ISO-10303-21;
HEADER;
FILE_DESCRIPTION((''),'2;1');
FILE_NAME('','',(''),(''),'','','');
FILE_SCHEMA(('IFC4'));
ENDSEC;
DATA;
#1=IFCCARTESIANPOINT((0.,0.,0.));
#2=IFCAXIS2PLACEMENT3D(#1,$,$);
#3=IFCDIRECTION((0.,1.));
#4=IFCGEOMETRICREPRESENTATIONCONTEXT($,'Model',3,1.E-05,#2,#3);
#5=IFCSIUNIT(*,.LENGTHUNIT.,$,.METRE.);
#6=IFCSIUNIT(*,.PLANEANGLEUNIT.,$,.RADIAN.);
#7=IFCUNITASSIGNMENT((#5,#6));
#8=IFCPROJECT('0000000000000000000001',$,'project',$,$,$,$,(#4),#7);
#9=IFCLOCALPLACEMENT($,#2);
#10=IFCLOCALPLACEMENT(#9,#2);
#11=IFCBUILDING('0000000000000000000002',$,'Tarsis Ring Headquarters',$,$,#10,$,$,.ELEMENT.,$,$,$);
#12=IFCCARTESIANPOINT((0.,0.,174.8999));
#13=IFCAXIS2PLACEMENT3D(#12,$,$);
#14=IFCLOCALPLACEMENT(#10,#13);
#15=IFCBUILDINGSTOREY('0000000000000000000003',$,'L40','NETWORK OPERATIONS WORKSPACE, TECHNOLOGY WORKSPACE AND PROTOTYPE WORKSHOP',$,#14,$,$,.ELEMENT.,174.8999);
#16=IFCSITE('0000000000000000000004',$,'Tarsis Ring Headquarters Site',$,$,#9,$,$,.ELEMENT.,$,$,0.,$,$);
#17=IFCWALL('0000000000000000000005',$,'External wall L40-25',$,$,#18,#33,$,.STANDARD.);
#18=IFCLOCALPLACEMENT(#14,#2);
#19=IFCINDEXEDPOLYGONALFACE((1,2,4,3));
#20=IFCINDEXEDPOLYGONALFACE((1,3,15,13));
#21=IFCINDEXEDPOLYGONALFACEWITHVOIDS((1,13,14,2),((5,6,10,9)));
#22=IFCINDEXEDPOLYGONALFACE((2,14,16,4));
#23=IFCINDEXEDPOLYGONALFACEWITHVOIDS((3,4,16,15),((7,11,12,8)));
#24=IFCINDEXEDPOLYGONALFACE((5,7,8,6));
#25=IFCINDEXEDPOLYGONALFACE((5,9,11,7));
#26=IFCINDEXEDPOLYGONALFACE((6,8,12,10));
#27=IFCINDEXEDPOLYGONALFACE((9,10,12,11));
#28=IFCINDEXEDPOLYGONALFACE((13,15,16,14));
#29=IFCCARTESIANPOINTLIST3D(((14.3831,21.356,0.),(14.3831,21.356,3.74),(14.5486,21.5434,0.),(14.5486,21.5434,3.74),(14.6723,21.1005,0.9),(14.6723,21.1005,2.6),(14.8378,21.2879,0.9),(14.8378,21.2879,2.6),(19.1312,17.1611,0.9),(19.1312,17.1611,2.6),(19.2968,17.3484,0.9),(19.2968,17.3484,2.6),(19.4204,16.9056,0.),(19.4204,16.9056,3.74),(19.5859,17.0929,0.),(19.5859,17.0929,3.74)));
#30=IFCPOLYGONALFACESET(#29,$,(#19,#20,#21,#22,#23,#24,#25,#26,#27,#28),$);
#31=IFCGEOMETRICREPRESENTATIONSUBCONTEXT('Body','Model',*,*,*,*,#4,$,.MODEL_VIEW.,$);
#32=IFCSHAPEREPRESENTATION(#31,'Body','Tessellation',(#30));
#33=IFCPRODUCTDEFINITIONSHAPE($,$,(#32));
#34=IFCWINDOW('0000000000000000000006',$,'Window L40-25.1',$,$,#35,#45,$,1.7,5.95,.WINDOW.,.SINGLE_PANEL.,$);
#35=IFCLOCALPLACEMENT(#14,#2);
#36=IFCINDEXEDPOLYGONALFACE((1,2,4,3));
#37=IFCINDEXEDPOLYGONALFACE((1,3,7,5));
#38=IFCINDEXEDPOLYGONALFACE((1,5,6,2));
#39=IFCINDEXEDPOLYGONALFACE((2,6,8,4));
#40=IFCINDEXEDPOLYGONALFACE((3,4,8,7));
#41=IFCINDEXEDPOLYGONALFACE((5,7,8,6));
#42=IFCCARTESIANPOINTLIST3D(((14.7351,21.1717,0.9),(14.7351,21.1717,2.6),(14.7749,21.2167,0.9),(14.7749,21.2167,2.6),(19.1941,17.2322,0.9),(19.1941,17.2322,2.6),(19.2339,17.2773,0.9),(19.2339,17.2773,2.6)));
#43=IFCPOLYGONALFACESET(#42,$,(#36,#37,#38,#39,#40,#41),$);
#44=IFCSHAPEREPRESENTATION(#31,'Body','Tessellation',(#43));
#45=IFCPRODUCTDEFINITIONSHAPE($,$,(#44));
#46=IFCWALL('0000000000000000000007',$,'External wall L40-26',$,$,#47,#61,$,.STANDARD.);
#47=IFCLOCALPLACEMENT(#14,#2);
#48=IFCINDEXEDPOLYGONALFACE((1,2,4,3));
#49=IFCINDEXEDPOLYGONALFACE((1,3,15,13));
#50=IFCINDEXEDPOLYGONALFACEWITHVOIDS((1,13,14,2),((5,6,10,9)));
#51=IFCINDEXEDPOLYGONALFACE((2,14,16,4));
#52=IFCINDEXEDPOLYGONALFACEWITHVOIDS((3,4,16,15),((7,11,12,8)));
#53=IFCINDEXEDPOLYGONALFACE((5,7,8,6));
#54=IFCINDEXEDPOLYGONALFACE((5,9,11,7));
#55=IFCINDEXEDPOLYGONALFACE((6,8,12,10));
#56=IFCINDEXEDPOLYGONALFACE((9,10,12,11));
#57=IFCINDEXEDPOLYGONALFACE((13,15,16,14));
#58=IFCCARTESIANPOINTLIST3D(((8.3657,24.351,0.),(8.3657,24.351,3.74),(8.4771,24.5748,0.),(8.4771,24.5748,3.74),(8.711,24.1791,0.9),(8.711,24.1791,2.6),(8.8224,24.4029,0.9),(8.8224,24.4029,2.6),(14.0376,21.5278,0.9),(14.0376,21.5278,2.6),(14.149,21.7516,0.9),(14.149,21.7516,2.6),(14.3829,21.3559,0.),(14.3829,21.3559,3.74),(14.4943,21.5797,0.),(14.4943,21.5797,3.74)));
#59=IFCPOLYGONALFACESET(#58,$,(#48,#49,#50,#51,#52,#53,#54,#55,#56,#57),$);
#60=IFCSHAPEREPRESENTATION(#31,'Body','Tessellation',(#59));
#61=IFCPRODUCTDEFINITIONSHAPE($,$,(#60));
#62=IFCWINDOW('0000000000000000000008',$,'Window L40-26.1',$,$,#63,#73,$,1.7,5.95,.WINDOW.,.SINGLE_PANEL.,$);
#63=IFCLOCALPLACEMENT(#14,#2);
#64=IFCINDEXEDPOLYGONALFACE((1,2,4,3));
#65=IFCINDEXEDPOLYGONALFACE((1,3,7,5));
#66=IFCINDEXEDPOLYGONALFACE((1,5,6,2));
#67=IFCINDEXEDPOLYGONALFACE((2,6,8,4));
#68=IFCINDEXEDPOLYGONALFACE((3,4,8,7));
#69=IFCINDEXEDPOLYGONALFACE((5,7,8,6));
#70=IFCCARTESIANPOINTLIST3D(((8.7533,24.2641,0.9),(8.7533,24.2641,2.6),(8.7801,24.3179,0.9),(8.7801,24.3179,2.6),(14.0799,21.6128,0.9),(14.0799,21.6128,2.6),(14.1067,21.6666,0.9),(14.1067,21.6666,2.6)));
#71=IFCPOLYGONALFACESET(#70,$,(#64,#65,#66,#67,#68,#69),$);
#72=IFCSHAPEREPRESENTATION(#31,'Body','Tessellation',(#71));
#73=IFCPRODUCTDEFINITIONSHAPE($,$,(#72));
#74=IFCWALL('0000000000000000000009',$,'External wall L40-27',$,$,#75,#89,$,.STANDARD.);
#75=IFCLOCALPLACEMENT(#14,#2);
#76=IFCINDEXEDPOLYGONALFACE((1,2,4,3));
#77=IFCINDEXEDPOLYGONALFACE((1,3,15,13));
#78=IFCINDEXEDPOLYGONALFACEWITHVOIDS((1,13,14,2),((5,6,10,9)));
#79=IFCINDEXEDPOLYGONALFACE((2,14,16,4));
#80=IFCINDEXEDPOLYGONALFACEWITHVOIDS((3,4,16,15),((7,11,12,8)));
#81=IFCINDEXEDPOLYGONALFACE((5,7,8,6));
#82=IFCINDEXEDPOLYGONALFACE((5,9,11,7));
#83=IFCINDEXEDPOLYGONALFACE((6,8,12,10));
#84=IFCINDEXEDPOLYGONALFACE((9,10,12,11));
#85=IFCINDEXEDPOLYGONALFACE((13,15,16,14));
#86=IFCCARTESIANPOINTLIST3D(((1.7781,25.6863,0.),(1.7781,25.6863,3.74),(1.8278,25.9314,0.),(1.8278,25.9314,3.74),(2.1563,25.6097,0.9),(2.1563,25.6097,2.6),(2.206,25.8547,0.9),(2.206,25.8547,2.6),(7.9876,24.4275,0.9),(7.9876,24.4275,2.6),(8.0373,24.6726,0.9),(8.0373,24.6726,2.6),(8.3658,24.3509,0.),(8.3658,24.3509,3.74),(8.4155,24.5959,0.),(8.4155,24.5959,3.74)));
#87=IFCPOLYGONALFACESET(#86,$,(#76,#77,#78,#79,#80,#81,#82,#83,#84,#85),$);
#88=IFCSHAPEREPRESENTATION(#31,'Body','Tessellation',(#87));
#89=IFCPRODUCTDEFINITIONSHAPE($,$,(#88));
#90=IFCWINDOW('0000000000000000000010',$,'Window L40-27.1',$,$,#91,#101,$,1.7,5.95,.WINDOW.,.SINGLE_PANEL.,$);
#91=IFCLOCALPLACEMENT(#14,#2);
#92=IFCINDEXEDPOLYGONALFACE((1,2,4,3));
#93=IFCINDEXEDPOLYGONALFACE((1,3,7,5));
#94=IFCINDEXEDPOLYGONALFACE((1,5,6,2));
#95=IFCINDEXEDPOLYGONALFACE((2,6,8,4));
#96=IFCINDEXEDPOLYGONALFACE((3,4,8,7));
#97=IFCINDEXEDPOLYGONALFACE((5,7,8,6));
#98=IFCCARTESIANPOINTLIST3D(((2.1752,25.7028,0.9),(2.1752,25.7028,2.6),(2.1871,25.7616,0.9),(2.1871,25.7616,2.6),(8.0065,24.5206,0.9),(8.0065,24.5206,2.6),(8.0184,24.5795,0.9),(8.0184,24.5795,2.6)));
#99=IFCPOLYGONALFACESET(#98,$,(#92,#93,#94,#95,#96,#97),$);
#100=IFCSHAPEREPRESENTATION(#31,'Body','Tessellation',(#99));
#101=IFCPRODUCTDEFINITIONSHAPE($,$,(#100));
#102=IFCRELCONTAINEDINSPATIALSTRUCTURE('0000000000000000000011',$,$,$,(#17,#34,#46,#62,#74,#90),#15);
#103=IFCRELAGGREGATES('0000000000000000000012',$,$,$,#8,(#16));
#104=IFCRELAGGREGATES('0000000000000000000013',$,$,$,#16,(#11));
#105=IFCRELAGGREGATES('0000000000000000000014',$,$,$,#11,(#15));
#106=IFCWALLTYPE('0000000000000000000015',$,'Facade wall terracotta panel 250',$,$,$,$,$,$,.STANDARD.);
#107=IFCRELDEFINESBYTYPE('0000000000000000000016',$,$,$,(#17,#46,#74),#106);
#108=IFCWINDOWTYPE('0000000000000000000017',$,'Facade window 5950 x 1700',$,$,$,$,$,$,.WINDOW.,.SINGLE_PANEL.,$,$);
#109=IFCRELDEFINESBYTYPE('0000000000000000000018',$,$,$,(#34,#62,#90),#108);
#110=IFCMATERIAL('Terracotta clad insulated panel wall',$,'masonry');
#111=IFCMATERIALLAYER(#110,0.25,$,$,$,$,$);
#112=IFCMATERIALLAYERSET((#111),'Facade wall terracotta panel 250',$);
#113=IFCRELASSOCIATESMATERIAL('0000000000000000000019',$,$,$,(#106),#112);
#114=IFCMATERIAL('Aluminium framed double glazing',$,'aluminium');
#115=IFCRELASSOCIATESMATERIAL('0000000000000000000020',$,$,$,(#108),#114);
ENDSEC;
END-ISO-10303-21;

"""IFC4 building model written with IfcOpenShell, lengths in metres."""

from ifc_helpers import new_model, si_unit, direction, frame, frame_2d, origin, place, context, subcontext, project, spatial, rectangle, extrude, material, layer, layer_set, type_object, element, fill, save


model = new_model("IFC4")

# Units and contexts
model_context = context("Model", 3, precision=1e-05, world=origin(), true_north=direction((0.0, 1.0)))
body_context = subcontext(model_context, "Body", "Model", "MODEL_VIEW")
ifc_project = project(units=[si_unit("LENGTHUNIT", "METRE"), si_unit("PLANEANGLEUNIT", "RADIAN")], contexts=[model_context])

# Site, building, storey
site_placement = place(None, origin())
site = spatial("IfcSite", under=ifc_project, at=site_placement, Name="Tarsis Ring Headquarters Site", CompositionType="ELEMENT", RefElevation=0.0)
building_placement = place(site_placement, origin())
building = spatial("IfcBuilding", under=site, at=building_placement, Name="Tarsis Ring Headquarters", CompositionType="ELEMENT")
storey_placement = place(building_placement, frame((0.0, 0.0, 174.8999)))
storey = spatial("IfcBuildingStorey", under=building, at=storey_placement, Name="L40", Description="NETWORK OPERATIONS WORKSPACE, TECHNOLOGY WORKSPACE AND PROTOTYPE WORKSHOP", CompositionType="ELEMENT", Elevation=174.8999)

# Walls, openings, windows
ifc_material_1 = material(Name="Terracotta clad insulated panel wall", Category="masonry")
ifc_layer = layer(ifc_material_1, 0.25)
ifc_layer_set = layer_set([ifc_layer], Name="Facade wall terracotta panel 250")
wall_type = type_object("IfcWallType", Name="Facade wall terracotta panel 250", PredefinedType="STANDARD", material=ifc_layer_set)
wall_1_placement = place(storey_placement, frame((19.5032, 16.9993, 0.0), z_axis=(0.0, 0.0, 1.0), x_axis=(-0.749416, 0.6621, 0.0)))
wall_1 = element("IfcWall", 1, at=wall_1_placement, inside=storey, type_object=wall_type, Name="External wall L40-25", PredefinedType="STANDARD", context=body_context, shape_type="SweptSolid", body=[
    extrude(rectangle(XDim=6.7217, YDim=0.25, at=frame_2d((3.3608, 0.0))), origin(), (0.0, 0.0, 1.0), 3.74),
])
opening_1_placement = place(wall_1_placement, frame((0.3857, 0.0, 0.8999)))
opening_1 = element("IfcOpeningElement", 2, at=opening_1_placement, cuts=wall_1, PredefinedType="OPENING", context=body_context, shape_type="SweptSolid", body=[
    extrude(rectangle(XDim=5.95, YDim=1.7, at=frame_2d((2.9751, 0.8501))), frame((0.0, 0.135, 0.0), z_axis=(0.0, -1.0, 0.0), x_axis=(1.0, 0.0, 0.0)), (0.0, 0.0, 1.0), 0.27),
])
ifc_material_2 = material(Name="Aluminium framed double glazing", Category="aluminium")
window_type = type_object("IfcWindowType", Name="Facade window 5950 x 1700", PartitioningType="SINGLE_PANEL", PredefinedType="WINDOW", material=ifc_material_2)
window_1_placement = place(opening_1_placement, origin())
window_1 = element("IfcWindow", 3, at=window_1_placement, inside=storey, type_object=window_type, Name="Window L40-25.1", OverallHeight=1.7, OverallWidth=5.95, PartitioningType="SINGLE_PANEL", PredefinedType="WINDOW", context=body_context, shape_type="SweptSolid", body=[
    extrude(rectangle(XDim=5.95, YDim=1.7, at=frame_2d((2.9751, 0.8501))), frame((0.0, 0.03, 0.0), z_axis=(0.0, -1.0, 0.0), x_axis=(1.0, 0.0, 0.0)), (0.0, 0.0, 1.0), 0.0601),
])
fill(opening_1, window_1)
wall_2_placement = place(storey_placement, frame((14.4387, 21.4678, 0.0), z_axis=(0.0, 0.0, 1.0), x_axis=(-0.895232, 0.4456, 0.0)))
wall_2 = element("IfcWall", 4, at=wall_2_placement, inside=storey, type_object=wall_type, Name="External wall L40-26", PredefinedType="STANDARD", context=body_context, shape_type="SweptSolid", body=[
    extrude(rectangle(XDim=6.7214, YDim=0.25, at=frame_2d((3.3608, 0.0))), origin(), (0.0, 0.0, 1.0), 3.74),
])
opening_2_placement = place(wall_2_placement, frame((0.3857, 0.0, 0.8999)))
opening_2 = element("IfcOpeningElement", 5, at=opening_2_placement, cuts=wall_2, PredefinedType="OPENING", context=body_context, shape_type="SweptSolid", body=[
    extrude(rectangle(XDim=5.95, YDim=1.7, at=frame_2d((2.9751, 0.8501))), frame((0.0, 0.135, 0.0), z_axis=(0.0, -1.0, 0.0), x_axis=(1.0, 0.0, 0.0)), (0.0, 0.0, 1.0), 0.27),
])
window_2_placement = place(opening_2_placement, origin())
window_2 = element("IfcWindow", 6, at=window_2_placement, inside=storey, type_object=window_type, Name="Window L40-26.1", OverallHeight=1.7, OverallWidth=5.95, PartitioningType="SINGLE_PANEL", PredefinedType="WINDOW", context=body_context, shape_type="SweptSolid", body=[
    extrude(rectangle(XDim=5.95, YDim=1.7, at=frame_2d((2.9751, 0.8501))), frame((0.0, 0.03, 0.0), z_axis=(0.0, -1.0, 0.0), x_axis=(1.0, 0.0, 0.0)), (0.0, 0.0, 1.0), 0.0601),
])
fill(opening_2, window_2)
wall_3_placement = place(storey_placement, frame((8.3906, 24.4734, 0.0), z_axis=(0.0, 0.0, 1.0), x_axis=(-0.980065, 0.198679, 0.0)))
wall_3 = element("IfcWall", 7, at=wall_3_placement, inside=storey, type_object=wall_type, Name="External wall L40-27", PredefinedType="STANDARD", context=body_context, shape_type="SweptSolid", body=[
    extrude(rectangle(XDim=6.7217, YDim=0.25, at=frame_2d((3.3608, 0.0))), origin(), (0.0, 0.0, 1.0), 3.74),
])
opening_3_placement = place(wall_3_placement, frame((0.3857, 0.0, 0.8999)))
opening_3 = element("IfcOpeningElement", 8, at=opening_3_placement, cuts=wall_3, PredefinedType="OPENING", context=body_context, shape_type="SweptSolid", body=[
    extrude(rectangle(XDim=5.95, YDim=1.7, at=frame_2d((2.9751, 0.8501))), frame((0.0, 0.135, 0.0), z_axis=(0.0, -1.0, 0.0), x_axis=(1.0, 0.0, 0.0)), (0.0, 0.0, 1.0), 0.27),
])
window_3_placement = place(opening_3_placement, origin())
window_3 = element("IfcWindow", 9, at=window_3_placement, inside=storey, type_object=window_type, Name="Window L40-27.1", OverallHeight=1.7, OverallWidth=5.95, PartitioningType="SINGLE_PANEL", PredefinedType="WINDOW", context=body_context, shape_type="SweptSolid", body=[
    extrude(rectangle(XDim=5.95, YDim=1.7, at=frame_2d((2.9751, 0.8501))), frame((0.0, 0.03, 0.0), z_axis=(0.0, -1.0, 0.0), x_axis=(1.0, 0.0, 0.0)), (0.0, 0.0, 1.0), 0.0601),
])
fill(opening_3, window_3)

save(model, "model.ifc")
